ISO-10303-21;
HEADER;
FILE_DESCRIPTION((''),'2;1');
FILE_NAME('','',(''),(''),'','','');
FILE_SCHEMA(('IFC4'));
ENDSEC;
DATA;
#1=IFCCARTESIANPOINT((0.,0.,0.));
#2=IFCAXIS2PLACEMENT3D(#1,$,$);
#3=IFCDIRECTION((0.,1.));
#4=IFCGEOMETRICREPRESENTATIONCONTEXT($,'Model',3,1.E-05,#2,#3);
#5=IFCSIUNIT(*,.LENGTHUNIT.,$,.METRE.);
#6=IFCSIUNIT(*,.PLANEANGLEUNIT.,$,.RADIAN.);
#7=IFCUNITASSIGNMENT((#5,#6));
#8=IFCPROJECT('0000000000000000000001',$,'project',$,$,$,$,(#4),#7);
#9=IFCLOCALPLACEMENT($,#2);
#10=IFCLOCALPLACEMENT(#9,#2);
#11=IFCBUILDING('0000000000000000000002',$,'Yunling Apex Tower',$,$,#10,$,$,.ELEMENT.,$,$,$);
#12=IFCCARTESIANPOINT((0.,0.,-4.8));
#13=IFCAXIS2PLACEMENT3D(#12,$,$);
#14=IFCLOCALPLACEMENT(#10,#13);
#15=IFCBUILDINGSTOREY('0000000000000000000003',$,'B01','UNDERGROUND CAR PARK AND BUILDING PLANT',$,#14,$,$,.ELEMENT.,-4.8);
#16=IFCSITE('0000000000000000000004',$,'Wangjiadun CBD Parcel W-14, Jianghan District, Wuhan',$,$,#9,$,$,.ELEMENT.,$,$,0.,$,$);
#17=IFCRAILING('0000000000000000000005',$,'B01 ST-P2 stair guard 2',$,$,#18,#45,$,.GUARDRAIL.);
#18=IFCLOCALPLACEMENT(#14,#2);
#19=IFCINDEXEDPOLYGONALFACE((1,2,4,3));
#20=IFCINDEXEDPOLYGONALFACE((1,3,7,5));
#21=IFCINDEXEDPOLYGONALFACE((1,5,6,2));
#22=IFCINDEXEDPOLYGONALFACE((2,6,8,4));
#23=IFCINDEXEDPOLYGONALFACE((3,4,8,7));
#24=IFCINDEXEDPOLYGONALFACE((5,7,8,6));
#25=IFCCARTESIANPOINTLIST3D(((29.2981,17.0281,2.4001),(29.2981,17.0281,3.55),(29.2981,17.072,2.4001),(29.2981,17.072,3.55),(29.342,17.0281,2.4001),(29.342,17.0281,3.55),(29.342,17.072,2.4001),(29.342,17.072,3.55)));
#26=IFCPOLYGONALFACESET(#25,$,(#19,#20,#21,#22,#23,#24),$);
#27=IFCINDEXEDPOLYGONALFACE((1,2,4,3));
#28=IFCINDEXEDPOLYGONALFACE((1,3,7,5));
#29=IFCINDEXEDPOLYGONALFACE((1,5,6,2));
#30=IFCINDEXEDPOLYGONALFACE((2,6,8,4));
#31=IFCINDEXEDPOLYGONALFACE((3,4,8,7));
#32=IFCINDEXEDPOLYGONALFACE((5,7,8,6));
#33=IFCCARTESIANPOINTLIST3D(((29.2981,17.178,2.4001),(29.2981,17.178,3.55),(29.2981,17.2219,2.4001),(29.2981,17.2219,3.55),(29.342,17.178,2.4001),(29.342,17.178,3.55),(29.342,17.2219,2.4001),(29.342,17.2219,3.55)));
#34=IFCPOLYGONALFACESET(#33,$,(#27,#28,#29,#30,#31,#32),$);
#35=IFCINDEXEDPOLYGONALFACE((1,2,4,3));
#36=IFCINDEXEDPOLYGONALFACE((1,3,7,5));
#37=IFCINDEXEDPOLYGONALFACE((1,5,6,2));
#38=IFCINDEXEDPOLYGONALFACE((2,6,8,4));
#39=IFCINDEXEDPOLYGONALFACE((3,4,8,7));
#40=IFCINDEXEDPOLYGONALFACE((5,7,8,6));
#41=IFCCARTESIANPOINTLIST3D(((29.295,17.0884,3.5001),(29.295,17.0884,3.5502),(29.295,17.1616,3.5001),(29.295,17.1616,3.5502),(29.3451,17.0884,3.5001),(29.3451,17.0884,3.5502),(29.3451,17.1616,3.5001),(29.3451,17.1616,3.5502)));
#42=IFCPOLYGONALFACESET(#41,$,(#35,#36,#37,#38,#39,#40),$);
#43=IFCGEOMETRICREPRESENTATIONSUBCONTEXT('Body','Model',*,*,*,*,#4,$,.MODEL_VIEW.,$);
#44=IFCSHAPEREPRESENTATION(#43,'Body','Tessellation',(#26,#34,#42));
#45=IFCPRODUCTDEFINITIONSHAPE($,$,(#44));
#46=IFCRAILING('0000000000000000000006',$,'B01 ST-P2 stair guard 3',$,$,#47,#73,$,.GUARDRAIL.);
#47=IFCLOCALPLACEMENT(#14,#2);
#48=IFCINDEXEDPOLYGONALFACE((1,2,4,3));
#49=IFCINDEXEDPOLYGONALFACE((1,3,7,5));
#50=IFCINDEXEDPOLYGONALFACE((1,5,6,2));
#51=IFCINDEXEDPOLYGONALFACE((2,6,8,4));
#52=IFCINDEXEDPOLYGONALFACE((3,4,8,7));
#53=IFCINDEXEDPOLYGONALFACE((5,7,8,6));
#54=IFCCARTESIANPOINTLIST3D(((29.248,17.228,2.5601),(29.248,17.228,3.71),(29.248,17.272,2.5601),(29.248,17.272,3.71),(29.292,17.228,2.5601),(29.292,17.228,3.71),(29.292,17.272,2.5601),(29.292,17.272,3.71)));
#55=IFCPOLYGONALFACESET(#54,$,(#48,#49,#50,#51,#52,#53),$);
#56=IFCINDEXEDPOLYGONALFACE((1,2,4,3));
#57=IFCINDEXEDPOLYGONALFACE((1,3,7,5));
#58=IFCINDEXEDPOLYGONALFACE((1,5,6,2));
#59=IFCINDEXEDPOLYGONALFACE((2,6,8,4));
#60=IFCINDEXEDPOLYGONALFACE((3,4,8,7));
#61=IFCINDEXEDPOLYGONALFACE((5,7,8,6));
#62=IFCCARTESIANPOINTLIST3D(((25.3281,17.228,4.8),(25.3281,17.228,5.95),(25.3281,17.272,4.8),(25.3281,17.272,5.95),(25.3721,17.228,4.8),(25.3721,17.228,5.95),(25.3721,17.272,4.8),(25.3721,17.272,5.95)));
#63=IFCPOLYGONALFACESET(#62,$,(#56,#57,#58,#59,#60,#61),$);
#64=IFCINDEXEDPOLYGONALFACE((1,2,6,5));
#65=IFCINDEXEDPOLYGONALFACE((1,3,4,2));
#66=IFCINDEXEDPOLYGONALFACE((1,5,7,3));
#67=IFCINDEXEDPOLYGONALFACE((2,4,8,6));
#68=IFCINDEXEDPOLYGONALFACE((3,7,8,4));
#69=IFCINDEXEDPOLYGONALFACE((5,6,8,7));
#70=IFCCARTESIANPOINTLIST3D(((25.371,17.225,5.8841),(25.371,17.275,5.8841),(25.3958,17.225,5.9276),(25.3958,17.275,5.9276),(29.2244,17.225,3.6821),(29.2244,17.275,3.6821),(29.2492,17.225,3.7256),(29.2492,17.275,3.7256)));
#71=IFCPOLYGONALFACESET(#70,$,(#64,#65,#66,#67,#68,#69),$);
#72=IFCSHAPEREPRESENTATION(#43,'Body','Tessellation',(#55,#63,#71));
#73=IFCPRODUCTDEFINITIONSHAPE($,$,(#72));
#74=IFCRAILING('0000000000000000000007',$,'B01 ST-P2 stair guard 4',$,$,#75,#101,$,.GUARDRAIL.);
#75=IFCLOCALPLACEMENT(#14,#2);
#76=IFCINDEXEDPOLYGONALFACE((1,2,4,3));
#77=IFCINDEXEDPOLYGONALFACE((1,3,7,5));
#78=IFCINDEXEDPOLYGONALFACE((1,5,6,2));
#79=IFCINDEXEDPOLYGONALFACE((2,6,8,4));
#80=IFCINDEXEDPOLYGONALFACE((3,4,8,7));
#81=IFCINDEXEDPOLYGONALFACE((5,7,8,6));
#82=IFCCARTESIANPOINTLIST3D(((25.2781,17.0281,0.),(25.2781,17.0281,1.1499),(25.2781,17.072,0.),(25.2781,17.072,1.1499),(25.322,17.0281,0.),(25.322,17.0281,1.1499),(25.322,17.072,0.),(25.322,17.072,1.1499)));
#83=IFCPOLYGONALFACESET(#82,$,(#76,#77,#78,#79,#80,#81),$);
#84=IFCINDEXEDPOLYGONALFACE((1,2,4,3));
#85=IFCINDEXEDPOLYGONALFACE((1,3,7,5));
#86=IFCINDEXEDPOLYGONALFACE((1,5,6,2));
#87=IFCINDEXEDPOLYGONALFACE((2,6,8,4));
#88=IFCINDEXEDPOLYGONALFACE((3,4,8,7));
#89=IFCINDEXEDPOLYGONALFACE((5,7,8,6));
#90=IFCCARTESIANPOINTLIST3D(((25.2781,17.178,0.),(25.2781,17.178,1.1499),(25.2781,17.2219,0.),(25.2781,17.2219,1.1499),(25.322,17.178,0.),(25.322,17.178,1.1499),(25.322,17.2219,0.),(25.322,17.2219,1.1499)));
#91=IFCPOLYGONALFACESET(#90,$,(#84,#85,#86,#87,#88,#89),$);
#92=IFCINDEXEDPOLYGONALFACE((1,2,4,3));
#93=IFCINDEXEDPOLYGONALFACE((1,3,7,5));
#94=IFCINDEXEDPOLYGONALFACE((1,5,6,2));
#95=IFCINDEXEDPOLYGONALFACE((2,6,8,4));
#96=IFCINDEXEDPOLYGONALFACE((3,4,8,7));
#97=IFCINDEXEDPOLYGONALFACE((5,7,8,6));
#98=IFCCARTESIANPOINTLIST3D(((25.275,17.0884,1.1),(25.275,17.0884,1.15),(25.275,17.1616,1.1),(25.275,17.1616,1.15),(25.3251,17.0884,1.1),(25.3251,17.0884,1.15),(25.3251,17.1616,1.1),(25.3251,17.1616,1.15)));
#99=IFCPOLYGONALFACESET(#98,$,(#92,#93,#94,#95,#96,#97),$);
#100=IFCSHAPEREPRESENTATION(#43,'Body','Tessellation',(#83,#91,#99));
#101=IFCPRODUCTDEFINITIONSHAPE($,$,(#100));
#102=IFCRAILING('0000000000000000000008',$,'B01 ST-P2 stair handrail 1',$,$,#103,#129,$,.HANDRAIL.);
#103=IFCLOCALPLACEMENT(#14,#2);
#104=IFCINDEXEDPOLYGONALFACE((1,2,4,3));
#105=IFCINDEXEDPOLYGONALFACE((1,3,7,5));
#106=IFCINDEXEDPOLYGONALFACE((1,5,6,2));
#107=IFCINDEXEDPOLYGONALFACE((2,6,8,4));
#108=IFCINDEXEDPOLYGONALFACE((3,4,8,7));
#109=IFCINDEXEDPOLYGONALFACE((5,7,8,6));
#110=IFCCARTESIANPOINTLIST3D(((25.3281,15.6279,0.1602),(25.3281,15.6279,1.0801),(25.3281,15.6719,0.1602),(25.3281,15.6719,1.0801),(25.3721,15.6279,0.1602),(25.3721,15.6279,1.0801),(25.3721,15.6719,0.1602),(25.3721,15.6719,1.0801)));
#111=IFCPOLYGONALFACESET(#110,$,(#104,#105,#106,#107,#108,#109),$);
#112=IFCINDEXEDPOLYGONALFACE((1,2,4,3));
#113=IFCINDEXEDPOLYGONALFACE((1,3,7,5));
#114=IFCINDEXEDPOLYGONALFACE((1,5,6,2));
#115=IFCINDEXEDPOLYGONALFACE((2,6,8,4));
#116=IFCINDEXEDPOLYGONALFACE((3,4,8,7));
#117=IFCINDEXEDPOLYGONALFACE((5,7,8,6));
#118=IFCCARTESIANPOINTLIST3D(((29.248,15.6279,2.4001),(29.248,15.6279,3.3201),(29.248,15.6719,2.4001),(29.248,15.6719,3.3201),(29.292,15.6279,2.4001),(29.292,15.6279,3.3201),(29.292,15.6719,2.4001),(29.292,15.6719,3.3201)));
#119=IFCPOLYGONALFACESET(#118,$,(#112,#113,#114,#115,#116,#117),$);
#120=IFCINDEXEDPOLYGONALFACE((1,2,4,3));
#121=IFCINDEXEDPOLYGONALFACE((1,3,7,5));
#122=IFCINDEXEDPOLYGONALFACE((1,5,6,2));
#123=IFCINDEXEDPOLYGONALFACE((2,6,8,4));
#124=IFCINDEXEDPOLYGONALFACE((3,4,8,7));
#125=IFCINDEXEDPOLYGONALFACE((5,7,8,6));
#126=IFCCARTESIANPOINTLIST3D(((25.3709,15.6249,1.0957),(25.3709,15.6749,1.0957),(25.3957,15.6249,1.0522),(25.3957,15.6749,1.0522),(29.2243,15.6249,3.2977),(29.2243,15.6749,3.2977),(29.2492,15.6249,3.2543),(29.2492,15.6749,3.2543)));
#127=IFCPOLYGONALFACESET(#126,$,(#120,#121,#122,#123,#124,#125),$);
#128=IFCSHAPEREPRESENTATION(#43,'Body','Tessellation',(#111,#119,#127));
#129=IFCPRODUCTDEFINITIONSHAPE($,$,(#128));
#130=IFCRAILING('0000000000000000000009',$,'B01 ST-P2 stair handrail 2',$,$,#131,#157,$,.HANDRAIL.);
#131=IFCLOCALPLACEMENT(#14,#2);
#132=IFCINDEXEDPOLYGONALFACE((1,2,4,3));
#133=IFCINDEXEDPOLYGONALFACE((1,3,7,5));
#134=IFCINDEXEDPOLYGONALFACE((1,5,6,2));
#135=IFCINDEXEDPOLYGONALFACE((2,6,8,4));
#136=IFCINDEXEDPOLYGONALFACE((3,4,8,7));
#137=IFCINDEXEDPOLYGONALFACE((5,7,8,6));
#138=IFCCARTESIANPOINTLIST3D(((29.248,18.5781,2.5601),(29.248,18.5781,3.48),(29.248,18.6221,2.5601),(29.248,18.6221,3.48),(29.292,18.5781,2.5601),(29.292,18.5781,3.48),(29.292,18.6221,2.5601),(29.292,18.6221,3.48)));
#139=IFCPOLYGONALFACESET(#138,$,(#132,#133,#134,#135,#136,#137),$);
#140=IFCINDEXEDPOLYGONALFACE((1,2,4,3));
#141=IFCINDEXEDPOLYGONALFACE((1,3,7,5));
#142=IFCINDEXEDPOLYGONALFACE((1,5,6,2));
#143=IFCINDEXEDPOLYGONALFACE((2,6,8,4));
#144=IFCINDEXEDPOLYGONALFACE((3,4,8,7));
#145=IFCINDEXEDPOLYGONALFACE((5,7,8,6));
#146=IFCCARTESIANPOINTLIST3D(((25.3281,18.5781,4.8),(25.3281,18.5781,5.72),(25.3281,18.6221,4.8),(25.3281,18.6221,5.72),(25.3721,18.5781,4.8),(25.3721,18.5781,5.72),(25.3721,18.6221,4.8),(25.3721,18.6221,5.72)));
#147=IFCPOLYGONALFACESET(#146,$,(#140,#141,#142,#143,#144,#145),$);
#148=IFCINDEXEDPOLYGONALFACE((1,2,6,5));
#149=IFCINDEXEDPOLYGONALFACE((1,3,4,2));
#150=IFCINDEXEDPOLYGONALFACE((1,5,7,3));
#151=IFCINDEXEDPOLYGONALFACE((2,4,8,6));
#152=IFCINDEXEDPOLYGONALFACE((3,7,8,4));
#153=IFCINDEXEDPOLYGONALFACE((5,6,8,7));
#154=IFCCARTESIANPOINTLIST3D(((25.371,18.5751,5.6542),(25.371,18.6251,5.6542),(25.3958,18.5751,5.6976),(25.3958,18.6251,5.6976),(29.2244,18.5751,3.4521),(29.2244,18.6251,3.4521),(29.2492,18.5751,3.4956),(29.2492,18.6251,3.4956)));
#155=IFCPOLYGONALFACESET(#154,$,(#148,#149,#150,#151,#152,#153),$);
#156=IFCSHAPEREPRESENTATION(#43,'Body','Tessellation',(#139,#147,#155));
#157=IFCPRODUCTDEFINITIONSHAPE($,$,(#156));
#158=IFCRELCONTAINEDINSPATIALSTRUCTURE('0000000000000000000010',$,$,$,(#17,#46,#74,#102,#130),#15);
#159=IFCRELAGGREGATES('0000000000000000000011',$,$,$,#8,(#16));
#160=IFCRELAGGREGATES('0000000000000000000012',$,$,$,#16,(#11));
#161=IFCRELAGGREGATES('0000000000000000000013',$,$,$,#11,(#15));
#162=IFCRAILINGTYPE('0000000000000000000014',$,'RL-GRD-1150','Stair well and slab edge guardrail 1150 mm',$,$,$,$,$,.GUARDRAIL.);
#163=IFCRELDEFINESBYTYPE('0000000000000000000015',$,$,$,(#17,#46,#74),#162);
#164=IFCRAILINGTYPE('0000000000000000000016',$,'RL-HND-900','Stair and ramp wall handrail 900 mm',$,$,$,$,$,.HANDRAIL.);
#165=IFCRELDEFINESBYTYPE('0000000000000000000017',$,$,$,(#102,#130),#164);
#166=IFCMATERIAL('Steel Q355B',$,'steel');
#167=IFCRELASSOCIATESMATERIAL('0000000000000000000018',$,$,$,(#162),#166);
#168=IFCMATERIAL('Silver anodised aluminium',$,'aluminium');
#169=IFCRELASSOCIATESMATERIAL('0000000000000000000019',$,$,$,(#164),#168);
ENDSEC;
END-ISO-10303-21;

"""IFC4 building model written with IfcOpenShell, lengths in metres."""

from ifc_helpers import new_model, si_unit, direction, frame, origin, origin_2d, place, context, subcontext, project, spatial, rectangle, extrude, material, type_object, element, save


model = new_model("IFC4")

# Units and contexts
model_context = context("Model", 3, precision=1e-05, world=origin(), true_north=direction((0.0, 1.0)))
body_context = subcontext(model_context, "Body", "Model", "MODEL_VIEW")
ifc_project = project(units=[si_unit("LENGTHUNIT", "METRE"), si_unit("PLANEANGLEUNIT", "RADIAN")], contexts=[model_context])

# Site, building, storey
site_placement = place(None, origin())
site = spatial("IfcSite", under=ifc_project, at=site_placement, Name="Wangjiadun CBD Parcel W-14, Jianghan District, Wuhan", CompositionType="ELEMENT", RefElevation=0.0)
building_placement = place(site_placement, origin())
building = spatial("IfcBuilding", under=site, at=building_placement, Name="Yunling Apex Tower", CompositionType="ELEMENT")
storey_placement = place(building_placement, frame((0.0, 0.0, -4.8)))
storey = spatial("IfcBuildingStorey", under=building, at=storey_placement, Name="B01", Description="UNDERGROUND CAR PARK AND BUILDING PLANT", CompositionType="ELEMENT", Elevation=-4.8)

# Shared definitions
ifc_material_1 = material(Name="Steel Q355B", Category="steel")

# Railings
railing_type_1 = type_object("IfcRailingType", Name="RL-GRD-1150", Description="Stair well and slab edge guardrail 1150 mm", PredefinedType="GUARDRAIL", material=ifc_material_1)
railing_1_placement = place(storey_placement, frame((29.3201, 17.05, 2.4001)))
element("IfcRailing", 1, at=railing_1_placement, inside=storey, type_object=railing_type_1, Name="B01 ST-P2 stair guard 2", PredefinedType="GUARDRAIL", context=body_context, shape_type="SweptSolid", body=[
    extrude(rectangle(XDim=0.0439, YDim=0.0439, at=origin_2d()), origin(), (0.0, 0.0, 1.0), 1.1499),
    extrude(rectangle(XDim=0.0439, YDim=0.0439, at=origin_2d()), frame((0.0, 0.1499, 0.0)), (0.0, 0.0, 1.0), 1.1499),
    extrude(rectangle(XDim=0.05, YDim=0.05, at=origin_2d()), frame((0.0, 0.0383, 1.125), z_axis=(0.0, 1.0, 0.0), x_axis=(-1.0, 0.0, 0.0)), (0.0, 0.0, 1.0), 0.0732),
])
railing_2_placement = place(storey_placement, frame((29.27, 17.25, 2.5601)))
element("IfcRailing", 2, at=railing_2_placement, inside=storey, type_object=railing_type_1, Name="B01 ST-P2 stair guard 3", PredefinedType="GUARDRAIL", context=body_context, shape_type="SweptSolid", body=[
    extrude(rectangle(XDim=0.0439, YDim=0.0439, at=origin_2d()), origin(), (0.0, 0.0, 1.0), 1.1499),
    extrude(rectangle(XDim=0.0439, YDim=0.0439, at=origin_2d()), frame((-3.9199, 0.0, 2.24)), (0.0, 0.0, 1.0), 1.1499),
    extrude(rectangle(XDim=0.05, YDim=0.05, at=origin_2d()), frame((-0.0332, 0.0, 1.1438), z_axis=(-0.86824, 0.0, 0.496145), x_axis=(0.0, -1.0, 0.0)), (0.0, 0.0, 1.0), 4.4382),
])
railing_3_placement = place(storey_placement, frame((25.3, 17.05, 0.0)))
element("IfcRailing", 3, at=railing_3_placement, inside=storey, type_object=railing_type_1, Name="B01 ST-P2 stair guard 4", PredefinedType="GUARDRAIL", context=body_context, shape_type="SweptSolid", body=[
    extrude(rectangle(XDim=0.0439, YDim=0.0439, at=origin_2d()), origin(), (0.0, 0.0, 1.0), 1.1499),
    extrude(rectangle(XDim=0.0439, YDim=0.0439, at=origin_2d()), frame((0.0, 0.1499, 0.0)), (0.0, 0.0, 1.0), 1.1499),
    extrude(rectangle(XDim=0.05, YDim=0.05, at=origin_2d()), frame((0.0, 0.0383, 1.125), z_axis=(0.0, 1.0, 0.0), x_axis=(-1.0, 0.0, 0.0)), (0.0, 0.0, 1.0), 0.0732),
])
ifc_material_2 = material(Name="Silver anodised aluminium", Category="aluminium")
railing_type_2 = type_object("IfcRailingType", Name="RL-HND-900", Description="Stair and ramp wall handrail 900 mm", PredefinedType="HANDRAIL", material=ifc_material_2)
railing_4_placement = place(storey_placement, frame((25.3501, 15.6499, 0.1602)))
element("IfcRailing", 4, at=railing_4_placement, inside=storey, type_object=railing_type_2, Name="B01 ST-P2 stair handrail 1", PredefinedType="HANDRAIL", context=body_context, shape_type="SweptSolid", body=[
    extrude(rectangle(XDim=0.0439, YDim=0.0439, at=origin_2d()), origin(), (0.0, 0.0, 1.0), 0.9199),
    extrude(rectangle(XDim=0.0439, YDim=0.0439, at=origin_2d()), frame((3.9199, 0.0, 2.24)), (0.0, 0.0, 1.0), 0.9199),
    extrude(rectangle(XDim=0.05, YDim=0.05, at=origin_2d()), frame((0.0332, 0.0, 0.9138), z_axis=(0.86824, 0.0, 0.496145), x_axis=(0.0, 1.0, 0.0)), (0.0, 0.0, 1.0), 4.4382),
])
railing_5_placement = place(storey_placement, frame((29.27, 18.6001, 2.5601)))
element("IfcRailing", 5, at=railing_5_placement, inside=storey, type_object=railing_type_2, Name="B01 ST-P2 stair handrail 2", PredefinedType="HANDRAIL", context=body_context, shape_type="SweptSolid", body=[
    extrude(rectangle(XDim=0.0439, YDim=0.0439, at=origin_2d()), origin(), (0.0, 0.0, 1.0), 0.9199),
    extrude(rectangle(XDim=0.0439, YDim=0.0439, at=origin_2d()), frame((-3.9199, 0.0, 2.24)), (0.0, 0.0, 1.0), 0.9199),
    extrude(rectangle(XDim=0.05, YDim=0.05, at=origin_2d()), frame((-0.0332, 0.0, 0.9138), z_axis=(-0.86824, 0.0, 0.496145), x_axis=(0.0, -1.0, 0.0)), (0.0, 0.0, 1.0), 4.4382),
])

save(model, "model.ifc")
